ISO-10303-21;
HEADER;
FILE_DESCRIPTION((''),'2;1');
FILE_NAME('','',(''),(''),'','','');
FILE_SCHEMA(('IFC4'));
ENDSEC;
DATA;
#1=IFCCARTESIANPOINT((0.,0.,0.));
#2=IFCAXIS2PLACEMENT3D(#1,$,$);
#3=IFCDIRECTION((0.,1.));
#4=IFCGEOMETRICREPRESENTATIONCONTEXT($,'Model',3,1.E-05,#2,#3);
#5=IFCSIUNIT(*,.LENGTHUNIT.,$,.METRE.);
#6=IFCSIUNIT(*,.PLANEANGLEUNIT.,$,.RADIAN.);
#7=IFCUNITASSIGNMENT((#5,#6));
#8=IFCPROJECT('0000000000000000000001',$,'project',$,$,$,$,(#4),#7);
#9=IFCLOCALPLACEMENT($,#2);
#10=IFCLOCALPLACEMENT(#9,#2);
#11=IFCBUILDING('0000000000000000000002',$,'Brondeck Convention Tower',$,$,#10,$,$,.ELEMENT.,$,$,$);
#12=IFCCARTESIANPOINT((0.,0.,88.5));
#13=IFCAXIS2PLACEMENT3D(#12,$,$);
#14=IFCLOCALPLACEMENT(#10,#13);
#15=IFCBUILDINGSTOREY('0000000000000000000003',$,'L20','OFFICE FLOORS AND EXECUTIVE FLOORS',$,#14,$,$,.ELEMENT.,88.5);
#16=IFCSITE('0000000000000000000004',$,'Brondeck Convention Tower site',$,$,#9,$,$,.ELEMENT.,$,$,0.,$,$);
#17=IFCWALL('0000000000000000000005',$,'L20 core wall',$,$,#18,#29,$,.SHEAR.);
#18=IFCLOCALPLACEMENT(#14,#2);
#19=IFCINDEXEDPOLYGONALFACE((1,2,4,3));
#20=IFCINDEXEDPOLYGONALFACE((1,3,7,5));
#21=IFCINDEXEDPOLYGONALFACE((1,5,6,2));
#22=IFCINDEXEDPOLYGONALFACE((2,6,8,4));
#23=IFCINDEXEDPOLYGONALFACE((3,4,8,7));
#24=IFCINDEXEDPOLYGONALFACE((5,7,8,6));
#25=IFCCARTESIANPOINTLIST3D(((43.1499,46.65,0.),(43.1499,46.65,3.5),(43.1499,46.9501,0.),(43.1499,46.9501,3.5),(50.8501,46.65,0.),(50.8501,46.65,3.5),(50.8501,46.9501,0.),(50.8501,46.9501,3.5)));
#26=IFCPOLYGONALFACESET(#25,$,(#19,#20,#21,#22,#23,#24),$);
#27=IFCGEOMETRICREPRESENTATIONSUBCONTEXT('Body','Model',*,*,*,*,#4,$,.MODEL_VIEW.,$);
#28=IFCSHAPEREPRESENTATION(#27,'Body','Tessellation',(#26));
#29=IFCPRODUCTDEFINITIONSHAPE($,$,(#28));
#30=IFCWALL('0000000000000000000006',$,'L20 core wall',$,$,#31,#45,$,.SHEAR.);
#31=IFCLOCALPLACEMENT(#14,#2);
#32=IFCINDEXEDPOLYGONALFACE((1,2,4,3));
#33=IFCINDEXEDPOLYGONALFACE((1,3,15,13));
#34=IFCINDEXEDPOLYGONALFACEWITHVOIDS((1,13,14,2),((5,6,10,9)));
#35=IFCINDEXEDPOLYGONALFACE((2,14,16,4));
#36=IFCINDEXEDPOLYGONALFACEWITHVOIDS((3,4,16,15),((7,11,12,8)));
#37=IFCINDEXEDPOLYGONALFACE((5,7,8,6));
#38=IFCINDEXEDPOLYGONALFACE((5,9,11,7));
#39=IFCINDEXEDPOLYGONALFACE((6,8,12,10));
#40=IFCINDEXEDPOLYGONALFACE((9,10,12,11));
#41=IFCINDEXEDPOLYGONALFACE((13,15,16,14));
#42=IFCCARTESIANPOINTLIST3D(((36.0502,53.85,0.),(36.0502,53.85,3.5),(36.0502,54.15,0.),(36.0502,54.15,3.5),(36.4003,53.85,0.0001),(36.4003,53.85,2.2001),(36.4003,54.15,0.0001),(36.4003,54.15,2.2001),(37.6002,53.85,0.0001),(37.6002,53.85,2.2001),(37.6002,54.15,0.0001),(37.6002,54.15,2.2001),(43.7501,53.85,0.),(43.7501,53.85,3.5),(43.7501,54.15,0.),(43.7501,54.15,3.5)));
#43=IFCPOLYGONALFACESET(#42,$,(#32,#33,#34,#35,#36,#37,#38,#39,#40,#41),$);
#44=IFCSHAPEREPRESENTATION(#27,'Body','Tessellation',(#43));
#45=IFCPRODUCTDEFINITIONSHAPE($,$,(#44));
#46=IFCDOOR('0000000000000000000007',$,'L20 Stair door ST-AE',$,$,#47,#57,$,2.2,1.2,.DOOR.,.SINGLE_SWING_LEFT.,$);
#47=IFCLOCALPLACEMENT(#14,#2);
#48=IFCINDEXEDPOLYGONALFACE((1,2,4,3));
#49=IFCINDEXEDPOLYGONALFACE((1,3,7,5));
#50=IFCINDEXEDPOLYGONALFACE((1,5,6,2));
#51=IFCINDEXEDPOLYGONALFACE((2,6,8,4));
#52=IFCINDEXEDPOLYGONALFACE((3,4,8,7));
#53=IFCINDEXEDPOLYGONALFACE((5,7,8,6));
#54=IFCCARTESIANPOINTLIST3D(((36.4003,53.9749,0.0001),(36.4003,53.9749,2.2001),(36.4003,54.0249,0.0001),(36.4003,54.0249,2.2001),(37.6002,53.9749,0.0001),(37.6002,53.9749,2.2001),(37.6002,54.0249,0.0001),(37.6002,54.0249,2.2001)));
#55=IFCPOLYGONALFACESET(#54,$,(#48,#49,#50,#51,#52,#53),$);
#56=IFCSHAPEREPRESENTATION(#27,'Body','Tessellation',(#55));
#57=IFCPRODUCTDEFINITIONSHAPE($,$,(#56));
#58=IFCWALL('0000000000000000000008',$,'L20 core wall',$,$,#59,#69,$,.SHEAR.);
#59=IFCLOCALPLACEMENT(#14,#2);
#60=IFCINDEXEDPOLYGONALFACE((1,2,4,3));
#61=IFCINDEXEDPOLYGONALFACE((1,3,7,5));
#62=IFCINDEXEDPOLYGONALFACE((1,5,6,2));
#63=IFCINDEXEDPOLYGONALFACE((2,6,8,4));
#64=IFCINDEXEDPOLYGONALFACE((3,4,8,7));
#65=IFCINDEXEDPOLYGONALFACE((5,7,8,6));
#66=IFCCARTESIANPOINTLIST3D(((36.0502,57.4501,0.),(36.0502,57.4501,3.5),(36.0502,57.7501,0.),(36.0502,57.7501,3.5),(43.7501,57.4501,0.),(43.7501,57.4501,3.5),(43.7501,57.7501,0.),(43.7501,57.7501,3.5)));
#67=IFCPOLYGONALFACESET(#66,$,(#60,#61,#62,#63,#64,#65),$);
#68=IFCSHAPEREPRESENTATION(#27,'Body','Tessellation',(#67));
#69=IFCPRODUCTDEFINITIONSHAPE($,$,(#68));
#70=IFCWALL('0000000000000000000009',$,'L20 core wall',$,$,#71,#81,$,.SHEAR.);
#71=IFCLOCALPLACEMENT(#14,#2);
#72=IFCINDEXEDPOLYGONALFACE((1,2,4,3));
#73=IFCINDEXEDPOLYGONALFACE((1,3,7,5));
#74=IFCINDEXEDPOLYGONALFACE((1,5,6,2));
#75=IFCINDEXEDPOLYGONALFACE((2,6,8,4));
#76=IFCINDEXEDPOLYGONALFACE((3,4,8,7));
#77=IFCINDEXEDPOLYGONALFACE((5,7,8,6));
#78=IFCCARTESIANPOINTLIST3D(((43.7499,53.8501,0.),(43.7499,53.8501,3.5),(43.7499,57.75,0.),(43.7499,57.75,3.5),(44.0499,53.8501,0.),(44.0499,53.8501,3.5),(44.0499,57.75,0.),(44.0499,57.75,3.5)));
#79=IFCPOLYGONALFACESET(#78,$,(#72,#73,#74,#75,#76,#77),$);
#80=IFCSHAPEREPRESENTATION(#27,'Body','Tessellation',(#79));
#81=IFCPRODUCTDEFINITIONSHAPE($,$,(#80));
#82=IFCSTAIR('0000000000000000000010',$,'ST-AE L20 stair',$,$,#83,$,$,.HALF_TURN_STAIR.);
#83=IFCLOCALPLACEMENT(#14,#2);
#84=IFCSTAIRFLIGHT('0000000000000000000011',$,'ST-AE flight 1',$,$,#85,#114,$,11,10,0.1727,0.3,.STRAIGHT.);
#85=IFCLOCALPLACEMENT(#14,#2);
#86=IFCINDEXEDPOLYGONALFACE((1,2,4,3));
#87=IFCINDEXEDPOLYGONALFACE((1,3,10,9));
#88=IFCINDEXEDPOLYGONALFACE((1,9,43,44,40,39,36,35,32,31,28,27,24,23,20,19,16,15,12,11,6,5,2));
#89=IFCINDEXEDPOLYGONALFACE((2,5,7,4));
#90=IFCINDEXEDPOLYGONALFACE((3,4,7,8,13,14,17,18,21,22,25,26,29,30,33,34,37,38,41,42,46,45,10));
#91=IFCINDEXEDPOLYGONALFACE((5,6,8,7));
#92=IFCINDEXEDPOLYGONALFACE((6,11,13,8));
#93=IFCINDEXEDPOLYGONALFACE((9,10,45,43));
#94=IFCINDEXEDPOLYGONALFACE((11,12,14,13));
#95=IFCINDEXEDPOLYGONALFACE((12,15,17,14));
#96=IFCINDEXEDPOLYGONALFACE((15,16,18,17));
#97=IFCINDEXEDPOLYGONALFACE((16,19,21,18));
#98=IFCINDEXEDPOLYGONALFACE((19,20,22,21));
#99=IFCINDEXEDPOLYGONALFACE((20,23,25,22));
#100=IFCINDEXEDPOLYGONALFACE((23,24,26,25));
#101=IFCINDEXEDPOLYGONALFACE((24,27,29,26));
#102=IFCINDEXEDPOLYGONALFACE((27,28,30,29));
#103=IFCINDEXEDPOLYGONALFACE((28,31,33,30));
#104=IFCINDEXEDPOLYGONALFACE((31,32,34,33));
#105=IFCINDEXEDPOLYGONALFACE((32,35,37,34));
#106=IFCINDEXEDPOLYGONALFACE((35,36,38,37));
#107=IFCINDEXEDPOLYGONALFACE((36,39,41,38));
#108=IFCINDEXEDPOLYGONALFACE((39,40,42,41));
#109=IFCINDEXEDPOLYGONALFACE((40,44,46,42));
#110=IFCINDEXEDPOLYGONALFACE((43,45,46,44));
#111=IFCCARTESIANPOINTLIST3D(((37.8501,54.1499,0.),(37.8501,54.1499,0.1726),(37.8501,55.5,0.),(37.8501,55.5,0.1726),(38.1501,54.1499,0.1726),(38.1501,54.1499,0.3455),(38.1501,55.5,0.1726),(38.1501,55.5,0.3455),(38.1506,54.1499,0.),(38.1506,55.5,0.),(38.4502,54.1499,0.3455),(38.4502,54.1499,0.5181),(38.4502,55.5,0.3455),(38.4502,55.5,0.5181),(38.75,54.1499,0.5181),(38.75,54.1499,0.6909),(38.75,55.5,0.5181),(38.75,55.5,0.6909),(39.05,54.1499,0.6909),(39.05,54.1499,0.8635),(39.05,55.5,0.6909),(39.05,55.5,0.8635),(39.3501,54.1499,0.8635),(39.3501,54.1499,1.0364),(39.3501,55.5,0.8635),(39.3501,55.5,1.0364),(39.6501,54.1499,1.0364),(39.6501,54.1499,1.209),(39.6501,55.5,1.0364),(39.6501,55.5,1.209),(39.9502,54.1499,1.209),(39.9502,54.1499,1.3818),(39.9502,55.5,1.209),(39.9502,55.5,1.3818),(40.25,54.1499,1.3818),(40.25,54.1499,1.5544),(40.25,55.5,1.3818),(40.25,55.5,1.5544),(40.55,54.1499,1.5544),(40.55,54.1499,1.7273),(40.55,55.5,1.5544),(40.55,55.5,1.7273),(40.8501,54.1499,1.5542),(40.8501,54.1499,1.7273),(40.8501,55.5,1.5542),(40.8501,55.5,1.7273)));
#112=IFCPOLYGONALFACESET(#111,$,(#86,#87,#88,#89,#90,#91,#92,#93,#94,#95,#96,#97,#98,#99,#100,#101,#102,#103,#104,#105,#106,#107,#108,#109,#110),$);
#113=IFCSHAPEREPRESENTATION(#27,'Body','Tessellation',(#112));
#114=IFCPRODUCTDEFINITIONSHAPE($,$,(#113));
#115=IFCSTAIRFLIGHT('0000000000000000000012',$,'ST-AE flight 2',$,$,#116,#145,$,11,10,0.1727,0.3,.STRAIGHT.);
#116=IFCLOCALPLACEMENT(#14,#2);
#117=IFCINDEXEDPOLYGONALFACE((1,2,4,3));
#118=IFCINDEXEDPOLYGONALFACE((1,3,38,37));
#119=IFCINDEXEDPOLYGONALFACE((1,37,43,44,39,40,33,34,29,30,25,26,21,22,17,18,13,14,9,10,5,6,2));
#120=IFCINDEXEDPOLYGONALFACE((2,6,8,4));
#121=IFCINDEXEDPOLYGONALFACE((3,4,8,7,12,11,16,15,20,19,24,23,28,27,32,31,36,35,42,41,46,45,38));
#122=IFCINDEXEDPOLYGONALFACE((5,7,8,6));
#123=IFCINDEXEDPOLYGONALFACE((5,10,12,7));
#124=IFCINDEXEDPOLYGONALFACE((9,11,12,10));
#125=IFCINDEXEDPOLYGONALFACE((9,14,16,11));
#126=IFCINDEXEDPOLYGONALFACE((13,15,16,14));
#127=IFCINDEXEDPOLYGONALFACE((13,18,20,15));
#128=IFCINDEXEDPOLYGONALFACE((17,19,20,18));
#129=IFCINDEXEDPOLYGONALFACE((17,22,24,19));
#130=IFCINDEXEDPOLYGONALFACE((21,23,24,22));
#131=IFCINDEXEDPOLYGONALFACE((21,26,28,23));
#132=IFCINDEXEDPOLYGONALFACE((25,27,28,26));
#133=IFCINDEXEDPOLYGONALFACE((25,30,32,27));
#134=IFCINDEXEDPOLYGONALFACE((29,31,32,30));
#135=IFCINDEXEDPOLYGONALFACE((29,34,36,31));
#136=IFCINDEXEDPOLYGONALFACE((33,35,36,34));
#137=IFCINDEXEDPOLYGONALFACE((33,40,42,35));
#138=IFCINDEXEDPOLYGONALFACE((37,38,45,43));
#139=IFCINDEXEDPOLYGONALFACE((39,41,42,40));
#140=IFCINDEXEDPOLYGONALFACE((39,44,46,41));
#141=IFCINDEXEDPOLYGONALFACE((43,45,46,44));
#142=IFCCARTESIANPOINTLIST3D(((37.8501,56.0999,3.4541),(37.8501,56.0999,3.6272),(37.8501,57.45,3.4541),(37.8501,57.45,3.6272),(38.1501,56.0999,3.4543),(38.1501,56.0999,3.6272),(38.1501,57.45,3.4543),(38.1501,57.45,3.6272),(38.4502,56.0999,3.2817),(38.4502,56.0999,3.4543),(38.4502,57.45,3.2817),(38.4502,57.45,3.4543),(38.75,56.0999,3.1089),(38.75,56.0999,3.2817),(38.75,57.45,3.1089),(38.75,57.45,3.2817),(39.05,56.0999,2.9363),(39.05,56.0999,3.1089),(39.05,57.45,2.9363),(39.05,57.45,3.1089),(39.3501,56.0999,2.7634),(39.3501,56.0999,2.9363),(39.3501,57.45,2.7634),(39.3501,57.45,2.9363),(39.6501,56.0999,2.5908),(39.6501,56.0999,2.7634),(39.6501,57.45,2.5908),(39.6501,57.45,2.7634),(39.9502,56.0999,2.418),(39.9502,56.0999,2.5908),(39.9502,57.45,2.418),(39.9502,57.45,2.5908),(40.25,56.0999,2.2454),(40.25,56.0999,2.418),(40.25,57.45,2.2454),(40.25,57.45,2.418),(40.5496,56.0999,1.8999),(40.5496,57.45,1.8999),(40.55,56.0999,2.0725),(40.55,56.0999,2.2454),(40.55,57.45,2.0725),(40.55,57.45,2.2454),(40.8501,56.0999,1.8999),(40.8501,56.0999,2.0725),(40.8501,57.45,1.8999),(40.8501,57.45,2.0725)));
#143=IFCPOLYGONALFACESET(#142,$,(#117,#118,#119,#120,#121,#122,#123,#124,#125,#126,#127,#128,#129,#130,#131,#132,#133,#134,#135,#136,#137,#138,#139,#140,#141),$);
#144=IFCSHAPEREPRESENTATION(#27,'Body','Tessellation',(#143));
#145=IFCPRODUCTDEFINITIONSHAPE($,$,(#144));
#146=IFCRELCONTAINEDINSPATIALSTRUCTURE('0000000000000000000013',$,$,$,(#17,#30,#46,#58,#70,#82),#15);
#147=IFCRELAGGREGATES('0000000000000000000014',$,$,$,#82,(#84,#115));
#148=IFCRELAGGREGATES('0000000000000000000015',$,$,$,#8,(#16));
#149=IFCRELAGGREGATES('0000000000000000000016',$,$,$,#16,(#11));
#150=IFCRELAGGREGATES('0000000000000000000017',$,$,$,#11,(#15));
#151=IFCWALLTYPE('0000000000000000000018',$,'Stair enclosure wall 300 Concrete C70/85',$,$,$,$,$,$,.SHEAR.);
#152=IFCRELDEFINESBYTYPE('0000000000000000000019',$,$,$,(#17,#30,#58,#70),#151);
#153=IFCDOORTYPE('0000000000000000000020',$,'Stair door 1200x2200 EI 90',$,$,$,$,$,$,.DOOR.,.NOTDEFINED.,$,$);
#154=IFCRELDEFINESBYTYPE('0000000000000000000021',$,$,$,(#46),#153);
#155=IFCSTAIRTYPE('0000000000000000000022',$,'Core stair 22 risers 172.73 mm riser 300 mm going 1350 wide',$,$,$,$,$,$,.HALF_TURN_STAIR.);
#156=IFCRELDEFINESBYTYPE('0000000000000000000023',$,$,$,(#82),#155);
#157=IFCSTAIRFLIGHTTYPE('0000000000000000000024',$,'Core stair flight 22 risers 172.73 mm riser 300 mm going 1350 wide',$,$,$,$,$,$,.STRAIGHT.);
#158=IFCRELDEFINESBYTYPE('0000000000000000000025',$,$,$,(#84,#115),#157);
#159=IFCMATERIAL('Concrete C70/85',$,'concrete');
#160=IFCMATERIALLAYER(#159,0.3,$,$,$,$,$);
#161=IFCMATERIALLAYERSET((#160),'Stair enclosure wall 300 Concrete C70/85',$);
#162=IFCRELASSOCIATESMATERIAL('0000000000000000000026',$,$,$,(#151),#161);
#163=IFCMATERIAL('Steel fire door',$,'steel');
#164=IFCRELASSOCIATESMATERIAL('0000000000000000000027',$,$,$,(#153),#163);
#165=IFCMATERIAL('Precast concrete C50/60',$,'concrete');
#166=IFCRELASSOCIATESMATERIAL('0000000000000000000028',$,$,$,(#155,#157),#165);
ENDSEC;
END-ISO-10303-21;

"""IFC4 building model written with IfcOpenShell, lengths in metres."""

from ifc_helpers import new_model, si_unit, direction, frame, frame_2d, origin, place, context, subcontext, project, spatial, polyline, rectangle, outline, extrude, material, layer, layer_set, type_object, element, fill, aggregate, save


model = new_model("IFC4")

# Units and contexts
model_context = context("Model", 3, precision=1e-05, world=origin(), true_north=direction((0.0, 1.0)))
body_context = subcontext(model_context, "Body", "Model", "MODEL_VIEW")
ifc_project = project(units=[si_unit("LENGTHUNIT", "METRE"), si_unit("PLANEANGLEUNIT", "RADIAN")], contexts=[model_context])

# Site, building, storey
site_placement = place(None, origin())
site = spatial("IfcSite", under=ifc_project, at=site_placement, Name="Brondeck Convention Tower site", CompositionType="ELEMENT", RefElevation=0.0)
building_placement = place(site_placement, origin())
building = spatial("IfcBuilding", under=site, at=building_placement, Name="Brondeck Convention Tower", CompositionType="ELEMENT")
storey_placement = place(building_placement, frame((0.0, 0.0, 88.5)))
storey = spatial("IfcBuildingStorey", under=building, at=storey_placement, Name="L20", Description="OFFICE FLOORS AND EXECUTIVE FLOORS", CompositionType="ELEMENT", Elevation=88.5)

# Shared definitions
ifc_material_1 = material(Name="Concrete C70/85", Category="concrete")

# Wall
ifc_layer_1 = layer(ifc_material_1, 0.3)
ifc_layer_set_1 = layer_set([ifc_layer_1], Name="Stair enclosure wall 300 Concrete C70/85")
wall_type_1 = type_object("IfcWallType", Name="Stair enclosure wall 300 Concrete C70/85", PredefinedType="SHEAR", material=ifc_layer_set_1)
wall_1_placement = place(storey_placement, frame((43.1499, 46.8, 0.0), z_axis=(0.0, 0.0, 1.0), x_axis=(1.0, 0.0, 0.0)))
element("IfcWall", 1, at=wall_1_placement, inside=storey, type_object=wall_type_1, Name="L20 core wall", PredefinedType="SHEAR", context=body_context, shape_type="SweptSolid", body=[
    extrude(rectangle(XDim=7.7002, YDim=0.3, at=frame_2d((3.8501, 0.0))), origin(), (0.0, 0.0, 1.0), 3.5),
])

# Wall, opening, door
wall_2_placement = place(storey_placement, frame((36.05, 54.0, 0.0), z_axis=(0.0, 0.0, 1.0), x_axis=(1.0, 0.0, 0.0)))
wall_2 = element("IfcWall", 2, at=wall_2_placement, inside=storey, type_object=wall_type_1, Name="L20 core wall", PredefinedType="SHEAR", context=body_context, shape_type="SweptSolid", body=[
    extrude(rectangle(XDim=7.7, YDim=0.3, at=frame_2d((3.8501, 0.0))), origin(), (0.0, 0.0, 1.0), 3.5),
])
opening_1_placement = place(wall_2_placement, frame((0.3501, 0.0, 0.0)))
opening_1 = element("IfcOpeningElement", 3, at=opening_1_placement, cuts=wall_2, PredefinedType="OPENING", context=body_context, shape_type="SweptSolid", body=[
    extrude(rectangle(XDim=1.2, YDim=2.2, at=frame_2d((0.6001, 1.1001))), frame((0.0, 0.1599, 0.0), z_axis=(0.0, -1.0, 0.0), x_axis=(1.0, 0.0, 0.0)), (0.0, 0.0, 1.0), 0.3201),
])
ifc_material_2 = material(Name="Steel fire door", Category="steel")
door_type_1 = type_object("IfcDoorType", Name="Stair door 1200x2200 EI 90", OperationType="NOTDEFINED", PredefinedType="DOOR", material=ifc_material_2)
door_1_placement = place(opening_1_placement, origin())
door_1 = element("IfcDoor", 4, at=door_1_placement, inside=storey, type_object=door_type_1, Name="L20 Stair door ST-AE", OperationType="SINGLE_SWING_LEFT", OverallHeight=2.2, OverallWidth=1.2, PredefinedType="DOOR", context=body_context, shape_type="SweptSolid", body=[
    extrude(rectangle(XDim=1.2, YDim=2.2, at=frame_2d((0.6001, 1.1001))), frame((0.0, 0.0249, 0.0), z_axis=(0.0, -1.0, 0.0), x_axis=(1.0, 0.0, 0.0)), (0.0, 0.0, 1.0), 0.05),
])
fill(opening_1, door_1)

# Walls
wall_3_placement = place(storey_placement, frame((36.05, 57.6001, 0.0), z_axis=(0.0, 0.0, 1.0), x_axis=(1.0, 0.0, 0.0)))
element("IfcWall", 5, at=wall_3_placement, inside=storey, type_object=wall_type_1, Name="L20 core wall", PredefinedType="SHEAR", context=body_context, shape_type="SweptSolid", body=[
    extrude(rectangle(XDim=7.7, YDim=0.3, at=frame_2d((3.8501, 0.0))), origin(), (0.0, 0.0, 1.0), 3.5),
])
wall_4_placement = place(storey_placement, frame((43.8999, 53.8501, 0.0), z_axis=(0.0, 0.0, 1.0), x_axis=(0.0, 1.0, 0.0)))
element("IfcWall", 6, at=wall_4_placement, inside=storey, type_object=wall_type_1, Name="L20 core wall", PredefinedType="SHEAR", context=body_context, shape_type="SweptSolid", body=[
    extrude(rectangle(XDim=3.8999, YDim=0.3, at=frame_2d((1.95, 0.0))), origin(), (0.0, 0.0, 1.0), 3.5),
])

# Stair, stair flights
ifc_material_3 = material(Name="Precast concrete C50/60", Category="concrete")
stair_type = type_object("IfcStairType", Name="Core stair 22 risers 172.73 mm riser 300 mm going 1350 wide", PredefinedType="HALF_TURN_STAIR", material=ifc_material_3)
stair_placement = place(storey_placement, origin())
stair = element("IfcStair", 7, at=stair_placement, inside=storey, type_object=stair_type, Name="ST-AE L20 stair", PredefinedType="HALF_TURN_STAIR")
stair_flight_type = type_object("IfcStairFlightType", Name="Core stair flight 22 risers 172.73 mm riser 300 mm going 1350 wide", PredefinedType="STRAIGHT", material=ifc_material_3)
stair_flight_1_placement = place(storey_placement, frame((37.8501, 54.825, 0.0), z_axis=(0.0, 0.0, 1.0), x_axis=(1.0, 0.0, 0.0)))
stair_flight_1 = element("IfcStairFlight", 8, at=stair_flight_1_placement, type_object=stair_flight_type, Name="ST-AE flight 1", NumberOfRisers=11, NumberOfTreads=10, PredefinedType="STRAIGHT", RiserHeight=0.1727, TreadLength=0.3, context=body_context, shape_type="SweptSolid", body=[
    extrude(outline(polyline([(0.0, 0.0), (0.0, 0.1726), (0.3, 0.1726), (0.3, 0.3455), (0.6001, 0.3455), (0.6001, 0.5181), (0.8999, 0.5181), (0.8999, 0.6909), (1.2, 0.6909), (1.2, 0.8635), (1.5, 0.8635), (1.5, 1.0364), (1.8, 1.0364), (1.8, 1.209), (2.1001, 1.209), (2.1001, 1.3818), (2.3999, 1.3818), (2.3999, 1.5544), (2.7, 1.5544), (2.7, 1.7273), (3.0, 1.7273), (3.0, 1.8999), (3.0, 1.5542), (0.3005, 0.0), (0.0, 0.0)])), frame((0.0, 0.675, 0.0), z_axis=(0.0, -1.0, 0.0), x_axis=(1.0, 0.0, 0.0)), (0.0, 0.0, 1.0), 1.3501),
])
stair_flight_2_placement = place(storey_placement, frame((40.8501, 56.7749, 1.8999), z_axis=(0.0, 0.0, 1.0), x_axis=(-1.0, 0.0, 0.0)))
stair_flight_2 = element("IfcStairFlight", 9, at=stair_flight_2_placement, type_object=stair_flight_type, Name="ST-AE flight 2", NumberOfRisers=11, NumberOfTreads=10, PredefinedType="STRAIGHT", RiserHeight=0.1727, TreadLength=0.3, context=body_context, shape_type="SweptSolid", body=[
    extrude(outline(polyline([(0.0, 0.0), (0.0, 0.1726), (0.3, 0.1726), (0.3, 0.3455), (0.6001, 0.3455), (0.6001, 0.5181), (0.8999, 0.5181), (0.8999, 0.6909), (1.2, 0.6909), (1.2, 0.8635), (1.5, 0.8635), (1.5, 1.0364), (1.8, 1.0364), (1.8, 1.209), (2.1001, 1.209), (2.1001, 1.3818), (2.3999, 1.3818), (2.3999, 1.5544), (2.7, 1.5544), (2.7, 1.7273), (3.0, 1.7273), (3.0, 1.8999), (3.0, 1.5542), (0.3005, 0.0), (0.0, 0.0)])), frame((0.0, 0.675, 0.0), z_axis=(0.0, -1.0, 0.0), x_axis=(1.0, 0.0, 0.0)), (0.0, 0.0, 1.0), 1.3501),
])
aggregate(stair, [stair_flight_1, stair_flight_2])

save(model, "model.ifc")
